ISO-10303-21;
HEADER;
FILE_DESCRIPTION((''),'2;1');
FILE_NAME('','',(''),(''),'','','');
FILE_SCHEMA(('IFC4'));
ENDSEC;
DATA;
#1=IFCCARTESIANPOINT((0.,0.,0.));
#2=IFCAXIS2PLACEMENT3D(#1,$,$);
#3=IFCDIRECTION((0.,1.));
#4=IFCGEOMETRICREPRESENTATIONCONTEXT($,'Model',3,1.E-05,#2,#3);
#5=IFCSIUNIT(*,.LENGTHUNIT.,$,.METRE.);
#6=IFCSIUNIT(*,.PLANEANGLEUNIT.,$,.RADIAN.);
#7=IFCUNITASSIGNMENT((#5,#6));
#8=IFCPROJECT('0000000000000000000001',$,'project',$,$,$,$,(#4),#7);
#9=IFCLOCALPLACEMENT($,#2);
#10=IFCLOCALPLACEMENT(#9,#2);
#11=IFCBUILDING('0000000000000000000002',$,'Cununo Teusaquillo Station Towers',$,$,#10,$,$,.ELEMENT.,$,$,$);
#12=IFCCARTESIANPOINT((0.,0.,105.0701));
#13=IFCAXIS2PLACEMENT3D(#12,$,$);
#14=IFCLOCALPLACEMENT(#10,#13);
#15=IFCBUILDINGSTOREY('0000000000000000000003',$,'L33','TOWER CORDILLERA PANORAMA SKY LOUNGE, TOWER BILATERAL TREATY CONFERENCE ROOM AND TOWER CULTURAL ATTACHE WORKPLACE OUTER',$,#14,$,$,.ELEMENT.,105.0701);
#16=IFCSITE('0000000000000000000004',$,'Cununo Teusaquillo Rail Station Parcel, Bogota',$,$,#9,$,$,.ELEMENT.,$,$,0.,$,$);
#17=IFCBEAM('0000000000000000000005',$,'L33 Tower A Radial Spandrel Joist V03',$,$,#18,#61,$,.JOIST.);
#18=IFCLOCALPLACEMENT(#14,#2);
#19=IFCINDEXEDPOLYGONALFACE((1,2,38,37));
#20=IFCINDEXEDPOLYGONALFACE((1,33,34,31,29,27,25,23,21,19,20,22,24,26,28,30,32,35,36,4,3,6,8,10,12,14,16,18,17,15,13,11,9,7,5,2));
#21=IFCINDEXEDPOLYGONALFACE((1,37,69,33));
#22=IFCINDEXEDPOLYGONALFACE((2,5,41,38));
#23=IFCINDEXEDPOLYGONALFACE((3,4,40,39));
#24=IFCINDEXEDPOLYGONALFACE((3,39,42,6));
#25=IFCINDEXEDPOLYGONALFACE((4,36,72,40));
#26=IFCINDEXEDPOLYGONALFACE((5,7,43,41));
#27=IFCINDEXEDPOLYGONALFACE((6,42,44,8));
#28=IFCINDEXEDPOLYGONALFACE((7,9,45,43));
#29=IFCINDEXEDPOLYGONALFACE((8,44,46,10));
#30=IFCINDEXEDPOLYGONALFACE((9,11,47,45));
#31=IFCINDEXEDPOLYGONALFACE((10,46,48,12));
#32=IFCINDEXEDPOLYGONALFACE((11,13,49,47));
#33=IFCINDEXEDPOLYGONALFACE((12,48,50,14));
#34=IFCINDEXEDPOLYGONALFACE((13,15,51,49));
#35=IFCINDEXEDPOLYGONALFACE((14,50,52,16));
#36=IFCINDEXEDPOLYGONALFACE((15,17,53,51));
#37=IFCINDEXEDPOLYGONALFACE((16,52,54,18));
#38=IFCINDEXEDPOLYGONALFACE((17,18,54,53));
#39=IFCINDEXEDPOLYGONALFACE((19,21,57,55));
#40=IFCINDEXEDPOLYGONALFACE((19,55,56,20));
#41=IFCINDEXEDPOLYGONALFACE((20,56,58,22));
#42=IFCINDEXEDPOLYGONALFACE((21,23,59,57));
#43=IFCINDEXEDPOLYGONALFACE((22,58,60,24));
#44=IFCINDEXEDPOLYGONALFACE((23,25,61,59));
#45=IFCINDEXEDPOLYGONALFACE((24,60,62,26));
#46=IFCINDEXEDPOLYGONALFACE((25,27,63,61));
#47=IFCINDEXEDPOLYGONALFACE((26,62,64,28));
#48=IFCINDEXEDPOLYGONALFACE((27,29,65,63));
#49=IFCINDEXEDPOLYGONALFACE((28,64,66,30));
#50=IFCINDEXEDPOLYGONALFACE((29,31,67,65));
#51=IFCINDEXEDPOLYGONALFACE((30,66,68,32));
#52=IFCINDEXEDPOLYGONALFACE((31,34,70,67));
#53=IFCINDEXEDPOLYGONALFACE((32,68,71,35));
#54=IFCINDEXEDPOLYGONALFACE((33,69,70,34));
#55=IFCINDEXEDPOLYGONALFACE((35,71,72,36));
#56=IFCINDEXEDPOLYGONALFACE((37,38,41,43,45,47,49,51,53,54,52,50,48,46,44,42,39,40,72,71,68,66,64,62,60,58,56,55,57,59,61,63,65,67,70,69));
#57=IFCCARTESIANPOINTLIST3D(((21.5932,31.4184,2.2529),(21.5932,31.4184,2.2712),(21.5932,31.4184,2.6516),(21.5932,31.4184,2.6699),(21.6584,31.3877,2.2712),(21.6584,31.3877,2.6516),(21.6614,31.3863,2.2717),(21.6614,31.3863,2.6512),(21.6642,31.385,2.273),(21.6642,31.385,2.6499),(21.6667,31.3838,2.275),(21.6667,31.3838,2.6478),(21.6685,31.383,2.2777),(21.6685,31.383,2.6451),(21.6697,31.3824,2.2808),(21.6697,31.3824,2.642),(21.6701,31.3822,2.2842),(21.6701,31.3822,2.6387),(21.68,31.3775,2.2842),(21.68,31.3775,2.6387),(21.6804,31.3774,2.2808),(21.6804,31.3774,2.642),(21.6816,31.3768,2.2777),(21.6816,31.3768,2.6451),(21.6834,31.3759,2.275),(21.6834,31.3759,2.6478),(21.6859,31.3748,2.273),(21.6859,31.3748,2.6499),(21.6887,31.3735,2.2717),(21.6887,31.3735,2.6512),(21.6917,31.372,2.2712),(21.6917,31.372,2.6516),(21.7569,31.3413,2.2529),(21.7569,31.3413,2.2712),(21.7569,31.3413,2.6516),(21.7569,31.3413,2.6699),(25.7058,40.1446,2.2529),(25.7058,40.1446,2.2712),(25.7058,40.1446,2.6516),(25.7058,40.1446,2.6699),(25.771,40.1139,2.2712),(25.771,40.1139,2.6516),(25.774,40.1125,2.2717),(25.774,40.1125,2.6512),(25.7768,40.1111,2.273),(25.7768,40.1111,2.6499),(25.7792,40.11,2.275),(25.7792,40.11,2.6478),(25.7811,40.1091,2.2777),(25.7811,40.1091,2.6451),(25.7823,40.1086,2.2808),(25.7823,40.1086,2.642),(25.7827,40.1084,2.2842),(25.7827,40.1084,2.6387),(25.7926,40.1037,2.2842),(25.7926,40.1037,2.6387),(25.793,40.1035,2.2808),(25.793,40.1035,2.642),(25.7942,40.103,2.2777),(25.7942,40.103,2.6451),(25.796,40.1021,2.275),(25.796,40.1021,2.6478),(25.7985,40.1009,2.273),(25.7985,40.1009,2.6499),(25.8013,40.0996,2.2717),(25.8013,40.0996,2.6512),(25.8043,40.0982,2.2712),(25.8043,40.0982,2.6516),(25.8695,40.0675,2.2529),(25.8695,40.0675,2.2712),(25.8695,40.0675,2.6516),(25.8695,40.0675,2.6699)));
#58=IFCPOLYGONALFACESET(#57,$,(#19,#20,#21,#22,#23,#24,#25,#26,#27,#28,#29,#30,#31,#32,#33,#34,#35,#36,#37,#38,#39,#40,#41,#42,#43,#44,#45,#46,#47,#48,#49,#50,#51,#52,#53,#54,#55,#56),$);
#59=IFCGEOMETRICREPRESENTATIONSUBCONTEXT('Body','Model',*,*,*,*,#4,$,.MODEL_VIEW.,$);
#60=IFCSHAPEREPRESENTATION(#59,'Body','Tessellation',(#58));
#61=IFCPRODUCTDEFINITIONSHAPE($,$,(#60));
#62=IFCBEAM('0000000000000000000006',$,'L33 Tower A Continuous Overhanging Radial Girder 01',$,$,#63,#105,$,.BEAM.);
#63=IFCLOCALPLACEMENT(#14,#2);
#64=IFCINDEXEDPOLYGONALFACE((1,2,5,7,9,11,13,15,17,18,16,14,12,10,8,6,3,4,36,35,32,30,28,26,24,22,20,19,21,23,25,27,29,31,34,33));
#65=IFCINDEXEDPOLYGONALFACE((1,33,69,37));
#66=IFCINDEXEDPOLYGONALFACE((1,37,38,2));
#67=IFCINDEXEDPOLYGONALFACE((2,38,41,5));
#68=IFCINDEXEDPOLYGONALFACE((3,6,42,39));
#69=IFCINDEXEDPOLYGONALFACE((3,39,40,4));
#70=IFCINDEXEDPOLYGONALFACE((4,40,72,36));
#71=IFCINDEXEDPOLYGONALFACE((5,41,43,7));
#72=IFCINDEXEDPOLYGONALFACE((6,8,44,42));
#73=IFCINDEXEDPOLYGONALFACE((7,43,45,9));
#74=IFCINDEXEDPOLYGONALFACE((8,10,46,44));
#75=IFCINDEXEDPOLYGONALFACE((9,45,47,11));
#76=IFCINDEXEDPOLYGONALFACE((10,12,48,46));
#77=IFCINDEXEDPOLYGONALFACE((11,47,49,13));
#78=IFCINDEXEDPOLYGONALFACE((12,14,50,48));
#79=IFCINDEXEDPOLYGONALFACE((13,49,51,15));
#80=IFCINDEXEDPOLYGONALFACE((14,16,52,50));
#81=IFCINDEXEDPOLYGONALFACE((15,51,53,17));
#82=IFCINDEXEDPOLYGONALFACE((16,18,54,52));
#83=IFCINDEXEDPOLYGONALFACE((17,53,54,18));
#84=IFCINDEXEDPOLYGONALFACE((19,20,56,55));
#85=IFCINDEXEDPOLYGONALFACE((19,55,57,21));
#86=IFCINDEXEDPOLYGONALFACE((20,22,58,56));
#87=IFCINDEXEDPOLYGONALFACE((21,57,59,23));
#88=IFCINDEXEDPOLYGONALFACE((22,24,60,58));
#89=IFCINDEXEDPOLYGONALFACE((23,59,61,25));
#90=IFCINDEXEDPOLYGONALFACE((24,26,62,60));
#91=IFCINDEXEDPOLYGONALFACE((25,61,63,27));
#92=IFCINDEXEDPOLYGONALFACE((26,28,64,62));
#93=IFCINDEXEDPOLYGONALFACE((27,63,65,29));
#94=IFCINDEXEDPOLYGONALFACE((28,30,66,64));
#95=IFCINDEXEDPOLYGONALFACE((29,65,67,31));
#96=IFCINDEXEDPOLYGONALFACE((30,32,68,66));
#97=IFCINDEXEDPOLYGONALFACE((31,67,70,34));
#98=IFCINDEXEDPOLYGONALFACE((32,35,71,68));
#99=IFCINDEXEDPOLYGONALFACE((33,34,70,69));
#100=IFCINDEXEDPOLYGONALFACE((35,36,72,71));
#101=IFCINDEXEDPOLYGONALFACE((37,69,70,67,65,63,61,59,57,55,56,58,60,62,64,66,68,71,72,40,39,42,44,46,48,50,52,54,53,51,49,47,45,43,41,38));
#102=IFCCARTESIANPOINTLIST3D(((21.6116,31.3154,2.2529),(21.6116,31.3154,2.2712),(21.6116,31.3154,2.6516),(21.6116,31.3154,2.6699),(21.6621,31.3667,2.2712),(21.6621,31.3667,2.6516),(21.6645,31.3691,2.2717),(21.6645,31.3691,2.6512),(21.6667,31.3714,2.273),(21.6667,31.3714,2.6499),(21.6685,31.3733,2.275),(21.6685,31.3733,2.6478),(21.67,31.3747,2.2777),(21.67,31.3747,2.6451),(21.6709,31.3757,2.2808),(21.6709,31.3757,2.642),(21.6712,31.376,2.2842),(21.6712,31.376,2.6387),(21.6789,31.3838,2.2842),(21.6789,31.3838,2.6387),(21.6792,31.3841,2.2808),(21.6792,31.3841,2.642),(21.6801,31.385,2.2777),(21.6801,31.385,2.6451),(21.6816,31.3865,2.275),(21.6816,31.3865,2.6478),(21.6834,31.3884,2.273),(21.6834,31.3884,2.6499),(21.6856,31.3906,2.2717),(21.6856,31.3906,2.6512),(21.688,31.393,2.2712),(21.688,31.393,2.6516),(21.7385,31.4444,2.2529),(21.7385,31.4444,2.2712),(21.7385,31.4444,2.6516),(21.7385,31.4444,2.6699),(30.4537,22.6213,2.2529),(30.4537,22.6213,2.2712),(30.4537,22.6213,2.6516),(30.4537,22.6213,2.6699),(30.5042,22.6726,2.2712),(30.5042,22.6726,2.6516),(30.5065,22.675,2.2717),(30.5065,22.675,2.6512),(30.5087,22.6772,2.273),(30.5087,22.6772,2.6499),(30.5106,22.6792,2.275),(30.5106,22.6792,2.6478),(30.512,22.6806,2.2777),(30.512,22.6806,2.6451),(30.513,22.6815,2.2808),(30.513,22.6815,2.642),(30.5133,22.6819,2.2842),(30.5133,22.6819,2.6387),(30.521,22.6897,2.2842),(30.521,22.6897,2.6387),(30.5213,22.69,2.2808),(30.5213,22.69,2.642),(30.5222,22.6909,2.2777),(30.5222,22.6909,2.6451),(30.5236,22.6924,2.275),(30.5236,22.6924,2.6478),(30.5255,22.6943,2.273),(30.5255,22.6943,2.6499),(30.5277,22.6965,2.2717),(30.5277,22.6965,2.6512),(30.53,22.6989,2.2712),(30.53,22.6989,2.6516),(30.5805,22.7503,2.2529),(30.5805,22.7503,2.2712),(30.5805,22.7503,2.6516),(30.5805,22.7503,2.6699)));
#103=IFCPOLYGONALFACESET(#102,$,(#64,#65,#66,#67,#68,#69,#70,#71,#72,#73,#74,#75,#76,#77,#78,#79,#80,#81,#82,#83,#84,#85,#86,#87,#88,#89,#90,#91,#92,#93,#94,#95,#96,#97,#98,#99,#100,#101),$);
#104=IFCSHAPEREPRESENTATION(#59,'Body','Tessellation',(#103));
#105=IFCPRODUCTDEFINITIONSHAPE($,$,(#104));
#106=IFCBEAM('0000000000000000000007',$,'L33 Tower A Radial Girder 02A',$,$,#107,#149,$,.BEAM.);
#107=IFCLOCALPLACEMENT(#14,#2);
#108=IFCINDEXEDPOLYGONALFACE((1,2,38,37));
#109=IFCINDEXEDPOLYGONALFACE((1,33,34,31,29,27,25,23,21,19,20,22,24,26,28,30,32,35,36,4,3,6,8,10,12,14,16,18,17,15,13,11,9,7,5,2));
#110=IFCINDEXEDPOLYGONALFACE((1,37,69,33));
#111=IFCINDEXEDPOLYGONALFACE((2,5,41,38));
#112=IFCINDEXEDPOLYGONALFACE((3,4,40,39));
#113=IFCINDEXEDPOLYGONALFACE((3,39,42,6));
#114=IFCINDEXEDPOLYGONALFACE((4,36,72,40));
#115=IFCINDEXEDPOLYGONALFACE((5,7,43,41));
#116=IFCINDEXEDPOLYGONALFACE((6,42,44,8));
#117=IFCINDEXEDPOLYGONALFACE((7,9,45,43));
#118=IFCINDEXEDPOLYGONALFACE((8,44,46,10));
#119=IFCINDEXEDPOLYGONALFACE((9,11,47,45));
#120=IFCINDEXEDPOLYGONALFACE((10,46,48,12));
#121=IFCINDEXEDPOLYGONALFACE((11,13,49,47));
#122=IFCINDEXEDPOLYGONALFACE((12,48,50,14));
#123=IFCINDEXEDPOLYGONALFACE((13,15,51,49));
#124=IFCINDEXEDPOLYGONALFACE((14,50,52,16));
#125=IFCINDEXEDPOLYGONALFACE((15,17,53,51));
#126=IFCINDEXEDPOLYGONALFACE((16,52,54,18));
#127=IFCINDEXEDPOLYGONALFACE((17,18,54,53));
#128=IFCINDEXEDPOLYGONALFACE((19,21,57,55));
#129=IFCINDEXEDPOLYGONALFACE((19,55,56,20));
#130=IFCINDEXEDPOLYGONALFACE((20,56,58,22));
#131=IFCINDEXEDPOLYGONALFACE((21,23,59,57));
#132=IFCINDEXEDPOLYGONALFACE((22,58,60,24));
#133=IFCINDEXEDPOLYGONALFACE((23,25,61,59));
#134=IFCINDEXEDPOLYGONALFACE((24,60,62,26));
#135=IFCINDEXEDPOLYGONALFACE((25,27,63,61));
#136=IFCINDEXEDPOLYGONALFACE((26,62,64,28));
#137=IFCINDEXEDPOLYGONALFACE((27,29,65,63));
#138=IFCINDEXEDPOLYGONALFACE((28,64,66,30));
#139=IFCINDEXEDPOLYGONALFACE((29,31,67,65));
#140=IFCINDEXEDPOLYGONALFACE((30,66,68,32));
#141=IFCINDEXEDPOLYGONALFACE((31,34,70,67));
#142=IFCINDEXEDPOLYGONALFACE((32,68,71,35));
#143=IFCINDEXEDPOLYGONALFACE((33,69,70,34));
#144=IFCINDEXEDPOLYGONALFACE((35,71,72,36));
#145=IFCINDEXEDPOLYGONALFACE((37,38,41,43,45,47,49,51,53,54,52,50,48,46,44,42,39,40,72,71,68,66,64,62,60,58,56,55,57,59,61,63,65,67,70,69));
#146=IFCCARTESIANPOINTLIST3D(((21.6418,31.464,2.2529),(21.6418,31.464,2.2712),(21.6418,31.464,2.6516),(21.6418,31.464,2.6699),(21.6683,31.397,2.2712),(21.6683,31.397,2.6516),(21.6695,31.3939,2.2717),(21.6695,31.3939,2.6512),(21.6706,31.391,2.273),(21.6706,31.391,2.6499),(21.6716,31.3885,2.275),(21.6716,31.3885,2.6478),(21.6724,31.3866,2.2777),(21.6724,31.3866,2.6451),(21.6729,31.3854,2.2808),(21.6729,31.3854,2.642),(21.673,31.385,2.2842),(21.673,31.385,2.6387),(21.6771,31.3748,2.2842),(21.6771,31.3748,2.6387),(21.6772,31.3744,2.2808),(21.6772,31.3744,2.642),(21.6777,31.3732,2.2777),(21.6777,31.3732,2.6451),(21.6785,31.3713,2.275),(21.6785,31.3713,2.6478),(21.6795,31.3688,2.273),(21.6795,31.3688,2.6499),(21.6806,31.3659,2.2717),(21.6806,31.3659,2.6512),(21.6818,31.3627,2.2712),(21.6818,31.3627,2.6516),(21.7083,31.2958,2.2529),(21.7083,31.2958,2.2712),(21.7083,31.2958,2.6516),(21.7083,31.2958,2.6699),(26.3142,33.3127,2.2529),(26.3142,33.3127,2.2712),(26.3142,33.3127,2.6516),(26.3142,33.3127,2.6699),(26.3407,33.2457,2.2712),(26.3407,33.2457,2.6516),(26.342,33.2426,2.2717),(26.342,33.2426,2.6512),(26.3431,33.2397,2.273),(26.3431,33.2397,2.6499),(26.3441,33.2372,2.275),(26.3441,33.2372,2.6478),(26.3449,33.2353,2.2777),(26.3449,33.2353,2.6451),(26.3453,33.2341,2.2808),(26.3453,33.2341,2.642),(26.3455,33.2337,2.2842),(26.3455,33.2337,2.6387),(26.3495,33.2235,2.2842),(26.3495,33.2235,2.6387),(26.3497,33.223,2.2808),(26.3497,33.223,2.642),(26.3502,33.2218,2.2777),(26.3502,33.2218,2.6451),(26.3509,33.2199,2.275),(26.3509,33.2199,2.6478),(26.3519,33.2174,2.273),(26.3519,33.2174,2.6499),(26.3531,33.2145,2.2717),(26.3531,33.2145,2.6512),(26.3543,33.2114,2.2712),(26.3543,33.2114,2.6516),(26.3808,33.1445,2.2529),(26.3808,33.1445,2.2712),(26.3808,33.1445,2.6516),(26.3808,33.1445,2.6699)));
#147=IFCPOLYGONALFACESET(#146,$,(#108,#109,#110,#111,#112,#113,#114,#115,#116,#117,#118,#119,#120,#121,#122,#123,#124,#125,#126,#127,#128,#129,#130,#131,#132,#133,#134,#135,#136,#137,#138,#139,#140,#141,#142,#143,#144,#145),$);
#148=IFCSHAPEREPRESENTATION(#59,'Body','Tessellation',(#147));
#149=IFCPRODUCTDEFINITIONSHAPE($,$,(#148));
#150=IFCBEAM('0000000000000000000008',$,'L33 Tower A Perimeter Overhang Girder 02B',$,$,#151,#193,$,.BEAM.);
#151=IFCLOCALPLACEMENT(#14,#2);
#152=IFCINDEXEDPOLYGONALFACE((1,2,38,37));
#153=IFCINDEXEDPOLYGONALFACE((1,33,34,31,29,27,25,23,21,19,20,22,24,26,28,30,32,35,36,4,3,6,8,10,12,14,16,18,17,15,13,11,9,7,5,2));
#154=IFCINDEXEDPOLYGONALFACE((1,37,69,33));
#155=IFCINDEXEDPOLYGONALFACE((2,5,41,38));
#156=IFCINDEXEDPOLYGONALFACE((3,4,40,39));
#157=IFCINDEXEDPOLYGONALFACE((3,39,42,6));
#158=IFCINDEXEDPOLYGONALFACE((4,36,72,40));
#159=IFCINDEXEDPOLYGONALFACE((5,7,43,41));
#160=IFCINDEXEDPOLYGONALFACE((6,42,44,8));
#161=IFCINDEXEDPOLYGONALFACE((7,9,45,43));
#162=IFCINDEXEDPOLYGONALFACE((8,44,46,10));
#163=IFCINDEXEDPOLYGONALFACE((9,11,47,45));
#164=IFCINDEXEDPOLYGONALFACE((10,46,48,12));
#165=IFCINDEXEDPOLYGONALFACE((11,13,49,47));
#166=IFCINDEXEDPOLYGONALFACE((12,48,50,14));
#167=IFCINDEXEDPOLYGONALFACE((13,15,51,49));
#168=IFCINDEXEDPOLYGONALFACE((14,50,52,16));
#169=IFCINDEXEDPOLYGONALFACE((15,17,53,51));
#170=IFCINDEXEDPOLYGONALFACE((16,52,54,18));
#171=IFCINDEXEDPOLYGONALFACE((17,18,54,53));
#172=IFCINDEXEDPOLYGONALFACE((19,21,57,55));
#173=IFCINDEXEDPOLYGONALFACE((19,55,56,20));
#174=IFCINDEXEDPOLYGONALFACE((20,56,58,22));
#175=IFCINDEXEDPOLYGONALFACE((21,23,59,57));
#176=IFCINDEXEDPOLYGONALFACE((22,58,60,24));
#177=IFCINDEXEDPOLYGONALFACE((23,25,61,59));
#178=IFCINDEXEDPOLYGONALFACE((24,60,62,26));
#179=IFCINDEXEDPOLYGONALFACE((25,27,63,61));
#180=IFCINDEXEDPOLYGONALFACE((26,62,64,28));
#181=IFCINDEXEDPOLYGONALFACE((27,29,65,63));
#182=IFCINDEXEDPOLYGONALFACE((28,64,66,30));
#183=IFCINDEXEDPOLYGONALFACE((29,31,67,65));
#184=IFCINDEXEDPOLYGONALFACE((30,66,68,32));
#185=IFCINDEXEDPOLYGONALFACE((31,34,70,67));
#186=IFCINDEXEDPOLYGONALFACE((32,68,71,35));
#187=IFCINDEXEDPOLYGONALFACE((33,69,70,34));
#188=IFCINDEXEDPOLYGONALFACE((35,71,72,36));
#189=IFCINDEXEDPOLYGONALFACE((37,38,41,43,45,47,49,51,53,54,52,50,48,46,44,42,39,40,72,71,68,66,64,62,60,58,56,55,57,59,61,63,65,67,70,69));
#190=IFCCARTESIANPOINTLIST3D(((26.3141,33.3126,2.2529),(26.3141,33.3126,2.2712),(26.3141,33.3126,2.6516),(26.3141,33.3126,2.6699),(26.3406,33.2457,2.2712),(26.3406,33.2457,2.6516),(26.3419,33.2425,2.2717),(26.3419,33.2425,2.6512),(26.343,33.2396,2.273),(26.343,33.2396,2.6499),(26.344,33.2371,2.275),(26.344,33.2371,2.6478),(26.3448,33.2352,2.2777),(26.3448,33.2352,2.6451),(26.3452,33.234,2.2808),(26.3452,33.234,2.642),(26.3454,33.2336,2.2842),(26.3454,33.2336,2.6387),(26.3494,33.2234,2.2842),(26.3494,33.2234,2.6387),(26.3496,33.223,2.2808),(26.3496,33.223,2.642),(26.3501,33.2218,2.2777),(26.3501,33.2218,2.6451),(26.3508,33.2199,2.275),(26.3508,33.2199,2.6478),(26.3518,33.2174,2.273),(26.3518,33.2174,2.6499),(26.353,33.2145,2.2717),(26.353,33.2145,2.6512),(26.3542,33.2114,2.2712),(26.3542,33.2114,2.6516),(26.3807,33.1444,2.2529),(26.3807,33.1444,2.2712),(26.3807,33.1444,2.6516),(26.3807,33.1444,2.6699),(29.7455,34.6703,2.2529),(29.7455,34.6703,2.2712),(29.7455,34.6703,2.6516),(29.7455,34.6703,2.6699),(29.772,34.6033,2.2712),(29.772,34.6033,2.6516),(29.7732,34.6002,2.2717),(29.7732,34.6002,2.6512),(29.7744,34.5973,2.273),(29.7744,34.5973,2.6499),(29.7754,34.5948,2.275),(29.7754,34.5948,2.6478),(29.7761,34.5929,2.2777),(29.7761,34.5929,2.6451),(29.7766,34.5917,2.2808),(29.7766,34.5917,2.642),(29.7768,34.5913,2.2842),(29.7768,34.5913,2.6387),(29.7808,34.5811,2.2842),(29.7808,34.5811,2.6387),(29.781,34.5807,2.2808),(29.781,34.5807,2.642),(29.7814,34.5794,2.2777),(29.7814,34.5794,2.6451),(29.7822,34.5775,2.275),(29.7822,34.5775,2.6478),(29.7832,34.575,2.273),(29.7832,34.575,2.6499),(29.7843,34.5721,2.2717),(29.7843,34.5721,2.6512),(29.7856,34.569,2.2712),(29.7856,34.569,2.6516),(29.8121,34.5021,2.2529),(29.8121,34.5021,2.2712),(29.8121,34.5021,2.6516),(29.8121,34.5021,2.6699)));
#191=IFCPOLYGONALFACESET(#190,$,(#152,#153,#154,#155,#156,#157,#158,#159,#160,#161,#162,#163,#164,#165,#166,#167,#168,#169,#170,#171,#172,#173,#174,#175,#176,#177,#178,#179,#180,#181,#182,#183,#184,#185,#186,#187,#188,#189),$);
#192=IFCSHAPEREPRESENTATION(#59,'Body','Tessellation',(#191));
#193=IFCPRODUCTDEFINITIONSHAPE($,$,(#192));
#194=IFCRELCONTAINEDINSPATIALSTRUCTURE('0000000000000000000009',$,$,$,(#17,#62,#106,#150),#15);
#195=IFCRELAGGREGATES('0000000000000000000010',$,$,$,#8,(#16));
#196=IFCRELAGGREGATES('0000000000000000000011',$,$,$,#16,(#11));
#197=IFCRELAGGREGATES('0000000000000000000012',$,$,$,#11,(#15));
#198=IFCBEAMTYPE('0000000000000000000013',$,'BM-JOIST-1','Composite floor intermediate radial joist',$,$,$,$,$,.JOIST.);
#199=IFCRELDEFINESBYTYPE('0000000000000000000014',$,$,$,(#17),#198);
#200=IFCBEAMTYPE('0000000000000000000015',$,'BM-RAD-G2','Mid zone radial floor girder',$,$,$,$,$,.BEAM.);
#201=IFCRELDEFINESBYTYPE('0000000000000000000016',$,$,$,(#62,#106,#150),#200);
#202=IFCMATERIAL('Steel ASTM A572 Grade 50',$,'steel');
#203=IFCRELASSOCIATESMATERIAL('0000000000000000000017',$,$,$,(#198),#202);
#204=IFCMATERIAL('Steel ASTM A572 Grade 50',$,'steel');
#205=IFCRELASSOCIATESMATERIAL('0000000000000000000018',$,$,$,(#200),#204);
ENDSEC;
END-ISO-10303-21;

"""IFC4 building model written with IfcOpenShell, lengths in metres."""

from ifc_helpers import new_model, si_unit, direction, frame, origin, origin_2d, place, context, subcontext, project, spatial, i_section, extrude, material, material_profile, profile_set, type_object, element, save


model = new_model("IFC4")

# Units and contexts
model_context = context("Model", 3, precision=1e-05, world=origin(), true_north=direction((0.0, 1.0)))
body_context = subcontext(model_context, "Body", "Model", "MODEL_VIEW")
ifc_project = project(units=[si_unit("LENGTHUNIT", "METRE"), si_unit("PLANEANGLEUNIT", "RADIAN")], contexts=[model_context])

# Site, building, storey
site_placement = place(None, origin())
site = spatial("IfcSite", under=ifc_project, at=site_placement, Name="Cununo Teusaquillo Rail Station Parcel, Bogota", CompositionType="ELEMENT", RefElevation=0.0)
building_placement = place(site_placement, origin())
building = spatial("IfcBuilding", under=site, at=building_placement, Name="Cununo Teusaquillo Station Towers", CompositionType="ELEMENT")
storey_placement = place(building_placement, frame((0.0, 0.0, 105.0701)))
storey = spatial("IfcBuildingStorey", under=building, at=storey_placement, Name="L33", Description="TOWER CORDILLERA PANORAMA SKY LOUNGE, TOWER BILATERAL TREATY CONFERENCE ROOM AND TOWER CULTURAL ATTACHE WORKPLACE OUTER", CompositionType="ELEMENT", Elevation=105.0701)

# Beams
ifc_material_1 = material(Name="Steel ASTM A572 Grade 50", Category="steel")
ifc_material_profile_1 = material_profile(ifc_material_1, i_section(OverallWidth=0.1809, OverallDepth=0.417, WebThickness=0.011, FlangeThickness=0.0183, FilletRadius=0.0129, at=origin_2d()), Name="W16X57")
ifc_profile_set_1 = profile_set([ifc_material_profile_1], Name="Steel ASTM A572 Grade 50")
beam_type_1 = type_object("IfcBeamType", Name="BM-JOIST-1", Description="Composite floor intermediate radial joist", PredefinedType="JOIST", material=ifc_profile_set_1)
beam_1_placement = place(storey_placement, frame((21.675, 31.3799, 2.4614), z_axis=(0.42632, 0.904572, 0.0), x_axis=(-0.904572, 0.42632, 0.0)))
element("IfcBeam", 1, at=beam_1_placement, inside=storey, type_object=beam_type_1, Name="L33 Tower A Radial Spandrel Joist V03", PredefinedType="JOIST", context=body_context, shape_type="SweptSolid", body=[
    extrude(i_section(OverallWidth=0.1809, OverallDepth=0.417, WebThickness=0.011, FlangeThickness=0.0183, FilletRadius=0.0129, at=origin_2d()), origin(), (0.0, 0.0, 1.0), 9.6467),
])
ifc_material_2 = material(Name="Steel ASTM A572 Grade 50", Category="steel")
ifc_material_profile_2 = material_profile(ifc_material_2, i_section(OverallWidth=0.1809, OverallDepth=0.417, WebThickness=0.011, FlangeThickness=0.0183, FilletRadius=0.0129, at=origin_2d()), Name="W16X57")
ifc_profile_set_2 = profile_set([ifc_material_profile_2], Name="Steel ASTM A572 Grade 50")
beam_type_2 = type_object("IfcBeamType", Name="BM-RAD-G2", Description="Mid zone radial floor girder", PredefinedType="BEAM", material=ifc_profile_set_2)
beam_2_placement = place(storey_placement, frame((21.675, 31.3799, 2.4614), z_axis=(0.713047, -0.701116, 0.0), x_axis=(0.701116, 0.713047, 0.0)))
element("IfcBeam", 2, at=beam_2_placement, inside=storey, type_object=beam_type_2, Name="L33 Tower A Continuous Overhanging Radial Girder 01", PredefinedType="BEAM", context=body_context, shape_type="SweptSolid", body=[
    extrude(i_section(OverallWidth=0.1809, OverallDepth=0.417, WebThickness=0.011, FlangeThickness=0.0183, FilletRadius=0.0129, at=origin_2d()), origin(), (0.0, 0.0, 1.0), 12.4004),
])
beam_3_placement = place(storey_placement, frame((21.675, 31.3799, 2.4614), z_axis=(0.929864, 0.367903, 0.0), x_axis=(-0.367903, 0.929864, 0.0)))
element("IfcBeam", 3, at=beam_3_placement, inside=storey, type_object=beam_type_2, Name="L33 Tower A Radial Girder 02A", PredefinedType="BEAM", context=body_context, shape_type="SweptSolid", body=[
    extrude(i_section(OverallWidth=0.1809, OverallDepth=0.417, WebThickness=0.011, FlangeThickness=0.0183, FilletRadius=0.0129, at=origin_2d()), origin(), (0.0, 0.0, 1.0), 5.0249),
])
beam_4_placement = place(storey_placement, frame((26.3474, 33.2285, 2.4614), z_axis=(0.929862, 0.367909, 0.0), x_axis=(-0.367909, 0.929862, 0.0)))
element("IfcBeam", 4, at=beam_4_placement, inside=storey, type_object=beam_type_2, Name="L33 Tower A Perimeter Overhang Girder 02B", PredefinedType="BEAM", context=body_context, shape_type="SweptSolid", body=[
    extrude(i_section(OverallWidth=0.1809, OverallDepth=0.417, WebThickness=0.011, FlangeThickness=0.0183, FilletRadius=0.0129, at=origin_2d()), origin(), (0.0, 0.0, 1.0), 3.6902),
])

save(model, "model.ifc")
